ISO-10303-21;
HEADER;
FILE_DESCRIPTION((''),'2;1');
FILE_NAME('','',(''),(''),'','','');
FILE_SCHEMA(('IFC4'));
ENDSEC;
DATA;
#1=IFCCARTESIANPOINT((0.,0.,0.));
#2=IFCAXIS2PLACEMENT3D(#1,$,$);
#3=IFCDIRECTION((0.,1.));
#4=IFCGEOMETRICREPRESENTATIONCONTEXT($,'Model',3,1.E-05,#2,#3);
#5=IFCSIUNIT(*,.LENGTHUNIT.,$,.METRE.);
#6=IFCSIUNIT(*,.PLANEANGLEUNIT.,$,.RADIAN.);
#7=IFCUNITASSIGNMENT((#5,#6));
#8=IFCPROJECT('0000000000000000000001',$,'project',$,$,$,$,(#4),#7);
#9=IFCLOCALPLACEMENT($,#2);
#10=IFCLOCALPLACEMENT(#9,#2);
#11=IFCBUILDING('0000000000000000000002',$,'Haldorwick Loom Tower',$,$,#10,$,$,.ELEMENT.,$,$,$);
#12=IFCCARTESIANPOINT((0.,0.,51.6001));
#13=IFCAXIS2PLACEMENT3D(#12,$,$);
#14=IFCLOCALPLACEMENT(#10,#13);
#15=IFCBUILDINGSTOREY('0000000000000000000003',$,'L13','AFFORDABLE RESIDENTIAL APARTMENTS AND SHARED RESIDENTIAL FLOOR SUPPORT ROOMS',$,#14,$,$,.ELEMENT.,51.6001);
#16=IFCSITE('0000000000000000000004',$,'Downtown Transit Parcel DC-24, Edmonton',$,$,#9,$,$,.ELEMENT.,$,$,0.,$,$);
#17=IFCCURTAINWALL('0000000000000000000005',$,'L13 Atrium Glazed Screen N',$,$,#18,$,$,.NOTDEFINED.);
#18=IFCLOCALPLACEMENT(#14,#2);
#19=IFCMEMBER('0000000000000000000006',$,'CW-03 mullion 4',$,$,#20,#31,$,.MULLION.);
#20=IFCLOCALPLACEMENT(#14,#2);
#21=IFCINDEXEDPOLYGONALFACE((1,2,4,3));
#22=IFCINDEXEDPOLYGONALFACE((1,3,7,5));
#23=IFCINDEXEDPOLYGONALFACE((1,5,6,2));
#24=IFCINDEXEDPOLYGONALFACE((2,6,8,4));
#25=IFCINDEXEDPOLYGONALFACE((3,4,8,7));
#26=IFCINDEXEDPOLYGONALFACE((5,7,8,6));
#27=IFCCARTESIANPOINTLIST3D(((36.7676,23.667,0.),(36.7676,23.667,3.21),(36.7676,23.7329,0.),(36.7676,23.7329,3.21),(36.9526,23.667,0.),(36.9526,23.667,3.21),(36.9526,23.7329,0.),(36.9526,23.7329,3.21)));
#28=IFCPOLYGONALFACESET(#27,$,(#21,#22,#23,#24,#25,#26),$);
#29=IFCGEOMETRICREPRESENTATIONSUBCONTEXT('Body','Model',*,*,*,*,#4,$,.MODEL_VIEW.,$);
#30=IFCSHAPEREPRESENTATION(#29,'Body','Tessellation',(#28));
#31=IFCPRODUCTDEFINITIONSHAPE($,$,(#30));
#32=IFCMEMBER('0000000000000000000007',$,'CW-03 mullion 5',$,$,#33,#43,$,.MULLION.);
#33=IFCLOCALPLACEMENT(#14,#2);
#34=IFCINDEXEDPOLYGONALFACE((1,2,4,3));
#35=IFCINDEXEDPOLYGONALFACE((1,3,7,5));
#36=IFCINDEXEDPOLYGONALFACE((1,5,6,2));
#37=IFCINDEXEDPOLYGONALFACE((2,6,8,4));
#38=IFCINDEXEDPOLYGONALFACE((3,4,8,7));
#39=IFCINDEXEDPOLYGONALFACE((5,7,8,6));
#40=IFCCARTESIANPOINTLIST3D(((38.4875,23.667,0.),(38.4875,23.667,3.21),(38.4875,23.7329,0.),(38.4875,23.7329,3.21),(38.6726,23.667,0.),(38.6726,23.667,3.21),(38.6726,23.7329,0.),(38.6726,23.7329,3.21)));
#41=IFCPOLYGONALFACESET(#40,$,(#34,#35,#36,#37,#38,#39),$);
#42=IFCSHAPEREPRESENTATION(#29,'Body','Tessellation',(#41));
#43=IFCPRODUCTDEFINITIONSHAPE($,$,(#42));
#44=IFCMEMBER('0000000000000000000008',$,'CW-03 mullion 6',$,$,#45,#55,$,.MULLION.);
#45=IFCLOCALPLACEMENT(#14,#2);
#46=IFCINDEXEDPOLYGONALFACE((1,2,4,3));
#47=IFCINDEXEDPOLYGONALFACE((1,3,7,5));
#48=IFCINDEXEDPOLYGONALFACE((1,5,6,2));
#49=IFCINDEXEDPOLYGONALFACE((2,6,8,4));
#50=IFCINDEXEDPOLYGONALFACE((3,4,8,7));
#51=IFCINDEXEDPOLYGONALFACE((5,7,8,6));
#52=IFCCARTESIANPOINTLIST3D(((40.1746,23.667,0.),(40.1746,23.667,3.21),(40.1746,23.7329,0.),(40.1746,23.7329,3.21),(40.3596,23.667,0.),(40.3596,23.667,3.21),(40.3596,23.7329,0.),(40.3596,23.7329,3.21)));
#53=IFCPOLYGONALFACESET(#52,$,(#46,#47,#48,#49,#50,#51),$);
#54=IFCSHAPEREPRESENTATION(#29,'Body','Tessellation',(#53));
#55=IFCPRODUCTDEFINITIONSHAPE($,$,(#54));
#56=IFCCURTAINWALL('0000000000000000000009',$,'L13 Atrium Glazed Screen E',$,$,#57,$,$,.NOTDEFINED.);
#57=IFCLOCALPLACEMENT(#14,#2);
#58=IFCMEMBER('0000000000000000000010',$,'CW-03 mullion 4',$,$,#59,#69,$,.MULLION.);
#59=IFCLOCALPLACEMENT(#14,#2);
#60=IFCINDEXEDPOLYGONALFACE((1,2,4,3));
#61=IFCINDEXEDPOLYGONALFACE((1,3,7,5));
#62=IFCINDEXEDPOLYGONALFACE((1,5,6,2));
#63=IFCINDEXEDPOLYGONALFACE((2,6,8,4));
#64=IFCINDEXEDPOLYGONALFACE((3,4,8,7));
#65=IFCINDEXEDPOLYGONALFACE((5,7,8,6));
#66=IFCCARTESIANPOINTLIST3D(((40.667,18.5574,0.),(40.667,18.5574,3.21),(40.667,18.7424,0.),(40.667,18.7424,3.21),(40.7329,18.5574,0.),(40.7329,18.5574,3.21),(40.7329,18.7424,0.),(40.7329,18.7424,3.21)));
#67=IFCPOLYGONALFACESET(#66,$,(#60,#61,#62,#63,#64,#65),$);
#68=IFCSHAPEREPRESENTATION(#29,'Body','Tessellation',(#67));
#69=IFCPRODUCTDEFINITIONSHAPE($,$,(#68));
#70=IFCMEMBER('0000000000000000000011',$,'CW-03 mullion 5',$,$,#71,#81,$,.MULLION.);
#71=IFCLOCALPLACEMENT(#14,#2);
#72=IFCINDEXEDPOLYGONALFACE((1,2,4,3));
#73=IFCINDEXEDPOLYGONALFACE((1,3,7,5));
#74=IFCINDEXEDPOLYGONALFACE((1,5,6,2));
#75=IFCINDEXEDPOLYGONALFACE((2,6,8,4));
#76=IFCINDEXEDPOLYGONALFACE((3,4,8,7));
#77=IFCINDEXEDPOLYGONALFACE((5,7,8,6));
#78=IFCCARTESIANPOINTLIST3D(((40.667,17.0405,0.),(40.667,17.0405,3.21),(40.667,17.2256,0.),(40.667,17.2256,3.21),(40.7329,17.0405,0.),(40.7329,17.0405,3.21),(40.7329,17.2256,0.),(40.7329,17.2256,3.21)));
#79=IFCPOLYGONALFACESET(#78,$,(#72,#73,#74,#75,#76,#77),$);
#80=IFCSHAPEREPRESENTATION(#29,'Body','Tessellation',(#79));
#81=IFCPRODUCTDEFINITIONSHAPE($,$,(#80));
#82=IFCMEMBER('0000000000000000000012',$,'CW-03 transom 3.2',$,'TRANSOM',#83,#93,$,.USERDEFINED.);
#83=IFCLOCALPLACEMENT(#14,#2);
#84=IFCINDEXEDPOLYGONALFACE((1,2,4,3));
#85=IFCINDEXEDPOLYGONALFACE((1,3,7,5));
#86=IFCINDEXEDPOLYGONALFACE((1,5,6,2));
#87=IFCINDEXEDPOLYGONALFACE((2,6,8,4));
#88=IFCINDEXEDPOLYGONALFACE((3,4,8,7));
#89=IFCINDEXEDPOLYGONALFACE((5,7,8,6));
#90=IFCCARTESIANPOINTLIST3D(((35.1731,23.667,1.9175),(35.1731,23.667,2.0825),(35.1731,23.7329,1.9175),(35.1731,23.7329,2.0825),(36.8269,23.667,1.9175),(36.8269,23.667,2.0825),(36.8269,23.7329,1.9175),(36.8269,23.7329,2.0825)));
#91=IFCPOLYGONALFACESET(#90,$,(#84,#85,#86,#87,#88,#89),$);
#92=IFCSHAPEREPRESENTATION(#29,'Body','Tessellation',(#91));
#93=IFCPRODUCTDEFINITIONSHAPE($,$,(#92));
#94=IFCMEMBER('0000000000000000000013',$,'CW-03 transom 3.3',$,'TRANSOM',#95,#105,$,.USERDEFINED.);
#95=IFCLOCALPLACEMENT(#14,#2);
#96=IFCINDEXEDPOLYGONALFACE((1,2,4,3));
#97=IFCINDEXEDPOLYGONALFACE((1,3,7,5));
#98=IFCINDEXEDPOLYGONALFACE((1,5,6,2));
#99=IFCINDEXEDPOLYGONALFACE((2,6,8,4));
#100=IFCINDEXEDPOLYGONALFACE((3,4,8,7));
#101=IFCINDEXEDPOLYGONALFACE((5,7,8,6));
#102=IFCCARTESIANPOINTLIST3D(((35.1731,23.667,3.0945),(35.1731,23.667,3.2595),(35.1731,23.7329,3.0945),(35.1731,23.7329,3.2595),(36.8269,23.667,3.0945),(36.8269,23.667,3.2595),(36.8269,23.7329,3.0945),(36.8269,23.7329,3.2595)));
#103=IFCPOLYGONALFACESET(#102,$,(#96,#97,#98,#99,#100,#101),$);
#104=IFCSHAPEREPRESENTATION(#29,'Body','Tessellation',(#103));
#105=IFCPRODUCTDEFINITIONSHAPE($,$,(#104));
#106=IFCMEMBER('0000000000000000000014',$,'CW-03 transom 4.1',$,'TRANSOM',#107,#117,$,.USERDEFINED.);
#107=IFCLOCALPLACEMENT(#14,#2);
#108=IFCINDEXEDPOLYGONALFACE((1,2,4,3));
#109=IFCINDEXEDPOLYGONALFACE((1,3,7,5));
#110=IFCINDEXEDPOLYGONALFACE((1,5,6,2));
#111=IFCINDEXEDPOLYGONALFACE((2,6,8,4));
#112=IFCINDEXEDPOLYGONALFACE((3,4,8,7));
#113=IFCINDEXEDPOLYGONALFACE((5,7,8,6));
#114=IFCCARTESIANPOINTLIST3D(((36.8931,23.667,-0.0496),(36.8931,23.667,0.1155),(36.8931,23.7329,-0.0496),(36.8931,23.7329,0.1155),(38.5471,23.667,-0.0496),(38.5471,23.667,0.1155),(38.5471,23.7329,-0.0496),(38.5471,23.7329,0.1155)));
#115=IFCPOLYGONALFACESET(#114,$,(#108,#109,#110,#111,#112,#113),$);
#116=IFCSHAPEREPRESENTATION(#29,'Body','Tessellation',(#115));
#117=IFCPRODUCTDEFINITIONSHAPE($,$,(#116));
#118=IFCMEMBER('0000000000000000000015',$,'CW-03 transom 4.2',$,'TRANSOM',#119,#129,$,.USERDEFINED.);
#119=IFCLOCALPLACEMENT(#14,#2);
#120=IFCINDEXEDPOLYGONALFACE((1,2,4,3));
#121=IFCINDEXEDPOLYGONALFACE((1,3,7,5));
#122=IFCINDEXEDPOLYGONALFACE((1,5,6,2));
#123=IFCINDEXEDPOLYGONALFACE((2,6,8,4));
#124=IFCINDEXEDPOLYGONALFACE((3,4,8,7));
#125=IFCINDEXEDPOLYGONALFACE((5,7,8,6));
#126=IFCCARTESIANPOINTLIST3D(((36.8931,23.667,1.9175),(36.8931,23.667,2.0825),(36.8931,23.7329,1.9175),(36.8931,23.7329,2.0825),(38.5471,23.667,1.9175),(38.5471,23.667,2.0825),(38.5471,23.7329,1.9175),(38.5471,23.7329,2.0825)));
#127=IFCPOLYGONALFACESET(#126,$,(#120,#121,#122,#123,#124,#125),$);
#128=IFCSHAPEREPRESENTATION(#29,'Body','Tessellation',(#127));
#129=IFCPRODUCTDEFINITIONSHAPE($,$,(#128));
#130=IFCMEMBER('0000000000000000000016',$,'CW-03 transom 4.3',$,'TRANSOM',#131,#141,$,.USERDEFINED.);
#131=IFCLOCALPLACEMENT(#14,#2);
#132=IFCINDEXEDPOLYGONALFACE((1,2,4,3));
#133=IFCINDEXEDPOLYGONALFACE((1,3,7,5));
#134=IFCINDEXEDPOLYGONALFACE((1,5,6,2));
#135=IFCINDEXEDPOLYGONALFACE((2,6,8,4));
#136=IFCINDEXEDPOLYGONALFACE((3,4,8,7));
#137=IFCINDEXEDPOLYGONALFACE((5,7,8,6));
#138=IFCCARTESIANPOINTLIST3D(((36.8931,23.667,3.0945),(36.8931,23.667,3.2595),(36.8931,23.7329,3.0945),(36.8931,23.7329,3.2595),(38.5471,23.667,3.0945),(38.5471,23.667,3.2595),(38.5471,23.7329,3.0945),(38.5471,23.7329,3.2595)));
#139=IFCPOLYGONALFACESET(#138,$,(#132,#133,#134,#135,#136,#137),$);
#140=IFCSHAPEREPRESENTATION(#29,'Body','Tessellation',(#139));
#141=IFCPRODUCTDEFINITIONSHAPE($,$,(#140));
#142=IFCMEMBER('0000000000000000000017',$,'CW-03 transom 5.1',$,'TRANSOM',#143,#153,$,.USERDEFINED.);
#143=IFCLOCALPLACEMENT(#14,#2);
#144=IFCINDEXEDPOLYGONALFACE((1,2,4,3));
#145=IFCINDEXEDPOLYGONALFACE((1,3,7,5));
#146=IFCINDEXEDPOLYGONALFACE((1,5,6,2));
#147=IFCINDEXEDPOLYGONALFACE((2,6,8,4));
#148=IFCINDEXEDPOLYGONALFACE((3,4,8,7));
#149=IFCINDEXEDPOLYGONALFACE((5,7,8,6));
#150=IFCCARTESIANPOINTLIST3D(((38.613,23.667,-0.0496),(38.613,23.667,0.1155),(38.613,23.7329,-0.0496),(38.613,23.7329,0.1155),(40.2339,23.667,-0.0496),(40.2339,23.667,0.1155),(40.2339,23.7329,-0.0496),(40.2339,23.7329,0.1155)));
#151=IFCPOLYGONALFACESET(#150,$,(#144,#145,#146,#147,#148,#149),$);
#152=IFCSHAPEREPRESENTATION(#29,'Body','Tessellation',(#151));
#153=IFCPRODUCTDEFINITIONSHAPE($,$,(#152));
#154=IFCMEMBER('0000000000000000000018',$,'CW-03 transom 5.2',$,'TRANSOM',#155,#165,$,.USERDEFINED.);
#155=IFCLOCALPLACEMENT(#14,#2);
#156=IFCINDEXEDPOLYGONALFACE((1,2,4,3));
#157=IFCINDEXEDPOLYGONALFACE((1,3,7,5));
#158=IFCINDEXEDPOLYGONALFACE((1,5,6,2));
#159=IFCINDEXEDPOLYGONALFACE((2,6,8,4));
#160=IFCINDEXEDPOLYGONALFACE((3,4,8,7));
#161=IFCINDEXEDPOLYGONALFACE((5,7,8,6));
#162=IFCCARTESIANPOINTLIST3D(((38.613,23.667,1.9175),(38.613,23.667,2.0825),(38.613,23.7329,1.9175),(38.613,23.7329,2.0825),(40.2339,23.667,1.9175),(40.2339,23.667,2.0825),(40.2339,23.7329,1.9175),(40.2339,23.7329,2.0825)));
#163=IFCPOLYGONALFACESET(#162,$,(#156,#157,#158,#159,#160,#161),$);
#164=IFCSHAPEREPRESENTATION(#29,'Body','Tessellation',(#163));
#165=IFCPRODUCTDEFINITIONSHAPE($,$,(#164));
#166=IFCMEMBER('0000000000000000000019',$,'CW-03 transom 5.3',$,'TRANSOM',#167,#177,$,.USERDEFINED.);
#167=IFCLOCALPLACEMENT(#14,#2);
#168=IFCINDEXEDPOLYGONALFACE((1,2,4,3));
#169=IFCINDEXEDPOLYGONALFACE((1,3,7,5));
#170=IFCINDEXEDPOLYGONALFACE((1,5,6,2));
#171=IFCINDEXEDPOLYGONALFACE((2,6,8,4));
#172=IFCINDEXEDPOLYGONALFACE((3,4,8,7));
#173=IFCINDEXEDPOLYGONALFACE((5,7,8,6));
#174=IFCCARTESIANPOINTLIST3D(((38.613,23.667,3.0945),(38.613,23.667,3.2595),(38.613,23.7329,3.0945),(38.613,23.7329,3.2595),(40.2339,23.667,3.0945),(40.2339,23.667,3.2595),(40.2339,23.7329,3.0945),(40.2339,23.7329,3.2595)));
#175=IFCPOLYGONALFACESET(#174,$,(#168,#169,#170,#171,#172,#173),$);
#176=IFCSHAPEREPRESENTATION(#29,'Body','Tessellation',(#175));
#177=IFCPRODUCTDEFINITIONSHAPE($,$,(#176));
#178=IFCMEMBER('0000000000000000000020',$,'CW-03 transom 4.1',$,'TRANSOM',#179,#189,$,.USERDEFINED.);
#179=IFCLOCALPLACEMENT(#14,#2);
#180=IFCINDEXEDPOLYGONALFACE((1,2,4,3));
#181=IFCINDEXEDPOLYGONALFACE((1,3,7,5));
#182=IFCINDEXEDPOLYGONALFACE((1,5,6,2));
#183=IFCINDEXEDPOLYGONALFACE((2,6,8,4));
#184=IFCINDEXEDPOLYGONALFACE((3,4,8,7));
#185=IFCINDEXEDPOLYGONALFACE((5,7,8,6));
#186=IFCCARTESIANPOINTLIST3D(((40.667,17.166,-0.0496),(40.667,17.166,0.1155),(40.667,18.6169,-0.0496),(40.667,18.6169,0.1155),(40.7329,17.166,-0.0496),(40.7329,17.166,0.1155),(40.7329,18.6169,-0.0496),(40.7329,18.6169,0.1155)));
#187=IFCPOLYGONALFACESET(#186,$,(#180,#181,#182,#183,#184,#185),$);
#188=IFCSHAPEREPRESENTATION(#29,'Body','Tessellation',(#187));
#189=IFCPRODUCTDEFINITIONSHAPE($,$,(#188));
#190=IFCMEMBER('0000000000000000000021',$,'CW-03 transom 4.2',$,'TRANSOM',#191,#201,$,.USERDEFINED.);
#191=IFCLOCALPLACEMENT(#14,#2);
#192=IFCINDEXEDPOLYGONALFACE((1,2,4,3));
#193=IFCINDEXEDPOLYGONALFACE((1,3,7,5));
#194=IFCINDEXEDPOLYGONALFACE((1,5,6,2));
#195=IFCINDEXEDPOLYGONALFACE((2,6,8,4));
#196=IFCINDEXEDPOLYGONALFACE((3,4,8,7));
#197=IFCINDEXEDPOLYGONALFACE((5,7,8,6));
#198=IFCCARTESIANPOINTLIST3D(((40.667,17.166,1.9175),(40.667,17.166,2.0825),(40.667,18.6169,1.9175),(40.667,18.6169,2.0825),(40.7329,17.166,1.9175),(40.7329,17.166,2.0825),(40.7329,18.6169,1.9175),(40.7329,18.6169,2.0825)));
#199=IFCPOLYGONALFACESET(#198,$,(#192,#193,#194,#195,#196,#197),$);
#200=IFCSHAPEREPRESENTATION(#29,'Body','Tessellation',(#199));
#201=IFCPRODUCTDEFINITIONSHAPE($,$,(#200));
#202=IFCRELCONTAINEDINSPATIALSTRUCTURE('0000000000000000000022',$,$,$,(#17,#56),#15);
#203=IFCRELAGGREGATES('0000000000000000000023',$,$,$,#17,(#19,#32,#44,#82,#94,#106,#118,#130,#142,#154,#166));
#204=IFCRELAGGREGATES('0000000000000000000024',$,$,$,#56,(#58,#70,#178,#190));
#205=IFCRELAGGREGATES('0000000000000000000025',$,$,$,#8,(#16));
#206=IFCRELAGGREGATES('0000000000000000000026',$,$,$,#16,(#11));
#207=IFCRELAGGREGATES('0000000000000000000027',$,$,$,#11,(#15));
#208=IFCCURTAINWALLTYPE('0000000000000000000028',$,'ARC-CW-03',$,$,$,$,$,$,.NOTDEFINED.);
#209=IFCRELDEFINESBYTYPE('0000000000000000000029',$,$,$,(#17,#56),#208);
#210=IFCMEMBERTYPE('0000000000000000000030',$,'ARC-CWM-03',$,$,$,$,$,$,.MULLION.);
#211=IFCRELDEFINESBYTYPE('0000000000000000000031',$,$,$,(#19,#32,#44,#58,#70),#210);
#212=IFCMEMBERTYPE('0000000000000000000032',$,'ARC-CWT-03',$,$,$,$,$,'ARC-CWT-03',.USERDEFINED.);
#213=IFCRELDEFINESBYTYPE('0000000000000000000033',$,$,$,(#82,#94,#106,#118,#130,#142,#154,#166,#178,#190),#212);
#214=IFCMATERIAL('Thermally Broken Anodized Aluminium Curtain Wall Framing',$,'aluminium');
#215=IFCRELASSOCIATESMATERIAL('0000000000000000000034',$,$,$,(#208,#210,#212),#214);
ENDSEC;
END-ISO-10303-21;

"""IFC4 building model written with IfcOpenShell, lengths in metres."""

from ifc_helpers import new_model, si_unit, direction, frame, origin, origin_2d, place, context, subcontext, project, spatial, rectangle, extrude, material, material_profile, profile_set, type_object, element, aggregate, save


model = new_model("IFC4")

# Units and contexts
model_context = context("Model", 3, precision=1e-05, world=origin(), true_north=direction((0.0, 1.0)))
body_context = subcontext(model_context, "Body", "Model", "MODEL_VIEW")
ifc_project = project(units=[si_unit("LENGTHUNIT", "METRE"), si_unit("PLANEANGLEUNIT", "RADIAN")], contexts=[model_context])

# Site, building, storey
site_placement = place(None, origin())
site = spatial("IfcSite", under=ifc_project, at=site_placement, Name="Downtown Transit Parcel DC-24, Edmonton", CompositionType="ELEMENT", RefElevation=0.0)
building_placement = place(site_placement, origin())
building = spatial("IfcBuilding", under=site, at=building_placement, Name="Haldorwick Loom Tower", CompositionType="ELEMENT")
storey_placement = place(building_placement, frame((0.0, 0.0, 51.6001)))
storey = spatial("IfcBuildingStorey", under=building, at=storey_placement, Name="L13", Description="AFFORDABLE RESIDENTIAL APARTMENTS AND SHARED RESIDENTIAL FLOOR SUPPORT ROOMS", CompositionType="ELEMENT", Elevation=51.6001)

# Curtain walls, members
ifc_material_1 = material(Name="Thermally Broken Anodized Aluminium Curtain Wall Framing", Category="aluminium")
curtain_wall_type = type_object("IfcCurtainWallType", Name="ARC-CW-03", PredefinedType="NOTDEFINED", material=ifc_material_1)
curtain_wall_1_placement = place(storey_placement, origin())
curtain_wall_1 = element("IfcCurtainWall", 1, at=curtain_wall_1_placement, inside=storey, type_object=curtain_wall_type, Name="L13 Atrium Glazed Screen N", PredefinedType="NOTDEFINED")
ifc_material_profile_1 = material_profile(ifc_material_1, rectangle(XDim=0.0659, YDim=0.1851, at=origin_2d()), Name="ALU_MUL_66X185", Category="aluminium")
ifc_profile_set_1 = profile_set([ifc_material_profile_1], Name="Thermally Broken Anodized Aluminium Curtain Wall Framing")
member_type_1 = type_object("IfcMemberType", Name="ARC-CWM-03", PredefinedType="MULLION", material=ifc_profile_set_1)
member_1_placement = place(storey_placement, frame((36.8601, 23.7, 0.0), z_axis=(0.0, 0.0, 1.0), x_axis=(0.0, 1.0, 0.0)))
member_1 = element("IfcMember", 2, at=member_1_placement, type_object=member_type_1, Name="CW-03 mullion 4", PredefinedType="MULLION", context=body_context, shape_type="SweptSolid", body=[
    extrude(rectangle(XDim=0.0659, YDim=0.1851, at=origin_2d()), origin(), (0.0, 0.0, 1.0), 3.21),
])
member_2_placement = place(storey_placement, frame((38.5801, 23.7, 0.0), z_axis=(0.0, 0.0, 1.0), x_axis=(0.0, 1.0, 0.0)))
member_2 = element("IfcMember", 3, at=member_2_placement, type_object=member_type_1, Name="CW-03 mullion 5", PredefinedType="MULLION", context=body_context, shape_type="SweptSolid", body=[
    extrude(rectangle(XDim=0.0659, YDim=0.1851, at=origin_2d()), origin(), (0.0, 0.0, 1.0), 3.21),
])
member_3_placement = place(storey_placement, frame((40.2671, 23.7, 0.0), z_axis=(0.0, 0.0, 1.0), x_axis=(0.0, 1.0, 0.0)))
member_3 = element("IfcMember", 4, at=member_3_placement, type_object=member_type_1, Name="CW-03 mullion 6", PredefinedType="MULLION", context=body_context, shape_type="SweptSolid", body=[
    extrude(rectangle(XDim=0.0659, YDim=0.1851, at=origin_2d()), origin(), (0.0, 0.0, 1.0), 3.21),
])
curtain_wall_2_placement = place(storey_placement, origin())
curtain_wall_2 = element("IfcCurtainWall", 5, at=curtain_wall_2_placement, inside=storey, type_object=curtain_wall_type, Name="L13 Atrium Glazed Screen E", PredefinedType="NOTDEFINED")
member_4_placement = place(storey_placement, frame((40.7, 18.6499, 0.0), z_axis=(0.0, 0.0, 1.0), x_axis=(1.0, 0.0, 0.0)))
member_4 = element("IfcMember", 6, at=member_4_placement, type_object=member_type_1, Name="CW-03 mullion 4", PredefinedType="MULLION", context=body_context, shape_type="SweptSolid", body=[
    extrude(rectangle(XDim=0.0659, YDim=0.1851, at=origin_2d()), origin(), (0.0, 0.0, 1.0), 3.21),
])
member_5_placement = place(storey_placement, frame((40.7, 17.1331, 0.0), z_axis=(0.0, 0.0, 1.0), x_axis=(1.0, 0.0, 0.0)))
member_5 = element("IfcMember", 7, at=member_5_placement, type_object=member_type_1, Name="CW-03 mullion 5", PredefinedType="MULLION", context=body_context, shape_type="SweptSolid", body=[
    extrude(rectangle(XDim=0.0659, YDim=0.1851, at=origin_2d()), origin(), (0.0, 0.0, 1.0), 3.21),
])

# Members
ifc_material_profile_2 = material_profile(ifc_material_1, rectangle(XDim=0.0659, YDim=0.165, at=origin_2d()), Name="ALU_TRN_66X165", Category="aluminium")
ifc_profile_set_2 = profile_set([ifc_material_profile_2], Name="Thermally Broken Anodized Aluminium Curtain Wall Framing")
member_type_2 = type_object("IfcMemberType", Name="ARC-CWT-03", ElementType="ARC-CWT-03", PredefinedType="USERDEFINED", material=ifc_profile_set_2)
member_6_placement = place(storey_placement, frame((35.1731, 23.7, 2.0), z_axis=(1.0, 0.0, 0.0), x_axis=(0.0, 1.0, 0.0)))
member_6 = element("IfcMember", 8, at=member_6_placement, type_object=member_type_2, Name="CW-03 transom 3.2", ObjectType="TRANSOM", PredefinedType="USERDEFINED", context=body_context, shape_type="SweptSolid", body=[
    extrude(rectangle(XDim=0.0659, YDim=0.165, at=origin_2d()), origin(), (0.0, 0.0, 1.0), 1.6538),
])
member_7_placement = place(storey_placement, frame((35.1731, 23.7, 3.177), z_axis=(1.0, 0.0, 0.0), x_axis=(0.0, 1.0, 0.0)))
member_7 = element("IfcMember", 9, at=member_7_placement, type_object=member_type_2, Name="CW-03 transom 3.3", ObjectType="TRANSOM", PredefinedType="USERDEFINED", context=body_context, shape_type="SweptSolid", body=[
    extrude(rectangle(XDim=0.0659, YDim=0.165, at=origin_2d()), origin(), (0.0, 0.0, 1.0), 1.6538),
])
member_8_placement = place(storey_placement, frame((36.8931, 23.7, 0.033), z_axis=(1.0, 0.0, 0.0), x_axis=(0.0, 1.0, 0.0)))
member_8 = element("IfcMember", 10, at=member_8_placement, type_object=member_type_2, Name="CW-03 transom 4.1", ObjectType="TRANSOM", PredefinedType="USERDEFINED", context=body_context, shape_type="SweptSolid", body=[
    extrude(rectangle(XDim=0.0659, YDim=0.165, at=origin_2d()), origin(), (0.0, 0.0, 1.0), 1.6541),
])
member_9_placement = place(storey_placement, frame((36.8931, 23.7, 2.0), z_axis=(1.0, 0.0, 0.0), x_axis=(0.0, 1.0, 0.0)))
member_9 = element("IfcMember", 11, at=member_9_placement, type_object=member_type_2, Name="CW-03 transom 4.2", ObjectType="TRANSOM", PredefinedType="USERDEFINED", context=body_context, shape_type="SweptSolid", body=[
    extrude(rectangle(XDim=0.0659, YDim=0.165, at=origin_2d()), origin(), (0.0, 0.0, 1.0), 1.6541),
])
member_10_placement = place(storey_placement, frame((36.8931, 23.7, 3.177), z_axis=(1.0, 0.0, 0.0), x_axis=(0.0, 1.0, 0.0)))
member_10 = element("IfcMember", 12, at=member_10_placement, type_object=member_type_2, Name="CW-03 transom 4.3", ObjectType="TRANSOM", PredefinedType="USERDEFINED", context=body_context, shape_type="SweptSolid", body=[
    extrude(rectangle(XDim=0.0659, YDim=0.165, at=origin_2d()), origin(), (0.0, 0.0, 1.0), 1.6541),
])
member_11_placement = place(storey_placement, frame((38.613, 23.7, 0.033), z_axis=(1.0, 0.0, 0.0), x_axis=(0.0, 1.0, 0.0)))
member_11 = element("IfcMember", 13, at=member_11_placement, type_object=member_type_2, Name="CW-03 transom 5.1", ObjectType="TRANSOM", PredefinedType="USERDEFINED", context=body_context, shape_type="SweptSolid", body=[
    extrude(rectangle(XDim=0.0659, YDim=0.165, at=origin_2d()), origin(), (0.0, 0.0, 1.0), 1.6208),
])
member_12_placement = place(storey_placement, frame((38.613, 23.7, 2.0), z_axis=(1.0, 0.0, 0.0), x_axis=(0.0, 1.0, 0.0)))
member_12 = element("IfcMember", 14, at=member_12_placement, type_object=member_type_2, Name="CW-03 transom 5.2", ObjectType="TRANSOM", PredefinedType="USERDEFINED", context=body_context, shape_type="SweptSolid", body=[
    extrude(rectangle(XDim=0.0659, YDim=0.165, at=origin_2d()), origin(), (0.0, 0.0, 1.0), 1.6208),
])
member_13_placement = place(storey_placement, frame((38.613, 23.7, 3.177), z_axis=(1.0, 0.0, 0.0), x_axis=(0.0, 1.0, 0.0)))
member_13 = element("IfcMember", 15, at=member_13_placement, type_object=member_type_2, Name="CW-03 transom 5.3", ObjectType="TRANSOM", PredefinedType="USERDEFINED", context=body_context, shape_type="SweptSolid", body=[
    extrude(rectangle(XDim=0.0659, YDim=0.165, at=origin_2d()), origin(), (0.0, 0.0, 1.0), 1.6208),
])
member_14_placement = place(storey_placement, frame((40.7, 18.6169, 0.033), z_axis=(0.0, -1.0, 0.0), x_axis=(1.0, 0.0, 0.0)))
member_14 = element("IfcMember", 16, at=member_14_placement, type_object=member_type_2, Name="CW-03 transom 4.1", ObjectType="TRANSOM", PredefinedType="USERDEFINED", context=body_context, shape_type="SweptSolid", body=[
    extrude(rectangle(XDim=0.0659, YDim=0.165, at=origin_2d()), origin(), (0.0, 0.0, 1.0), 1.4509),
])
member_15_placement = place(storey_placement, frame((40.7, 18.6169, 2.0), z_axis=(0.0, -1.0, 0.0), x_axis=(1.0, 0.0, 0.0)))
member_15 = element("IfcMember", 17, at=member_15_placement, type_object=member_type_2, Name="CW-03 transom 4.2", ObjectType="TRANSOM", PredefinedType="USERDEFINED", context=body_context, shape_type="SweptSolid", body=[
    extrude(rectangle(XDim=0.0659, YDim=0.165, at=origin_2d()), origin(), (0.0, 0.0, 1.0), 1.4509),
])

aggregate(curtain_wall_1, [member_1, member_2, member_3, member_6, member_7, member_8, member_9, member_10, member_11, member_12, member_13])
aggregate(curtain_wall_2, [member_4, member_5, member_14, member_15])

save(model, "model.ifc")
